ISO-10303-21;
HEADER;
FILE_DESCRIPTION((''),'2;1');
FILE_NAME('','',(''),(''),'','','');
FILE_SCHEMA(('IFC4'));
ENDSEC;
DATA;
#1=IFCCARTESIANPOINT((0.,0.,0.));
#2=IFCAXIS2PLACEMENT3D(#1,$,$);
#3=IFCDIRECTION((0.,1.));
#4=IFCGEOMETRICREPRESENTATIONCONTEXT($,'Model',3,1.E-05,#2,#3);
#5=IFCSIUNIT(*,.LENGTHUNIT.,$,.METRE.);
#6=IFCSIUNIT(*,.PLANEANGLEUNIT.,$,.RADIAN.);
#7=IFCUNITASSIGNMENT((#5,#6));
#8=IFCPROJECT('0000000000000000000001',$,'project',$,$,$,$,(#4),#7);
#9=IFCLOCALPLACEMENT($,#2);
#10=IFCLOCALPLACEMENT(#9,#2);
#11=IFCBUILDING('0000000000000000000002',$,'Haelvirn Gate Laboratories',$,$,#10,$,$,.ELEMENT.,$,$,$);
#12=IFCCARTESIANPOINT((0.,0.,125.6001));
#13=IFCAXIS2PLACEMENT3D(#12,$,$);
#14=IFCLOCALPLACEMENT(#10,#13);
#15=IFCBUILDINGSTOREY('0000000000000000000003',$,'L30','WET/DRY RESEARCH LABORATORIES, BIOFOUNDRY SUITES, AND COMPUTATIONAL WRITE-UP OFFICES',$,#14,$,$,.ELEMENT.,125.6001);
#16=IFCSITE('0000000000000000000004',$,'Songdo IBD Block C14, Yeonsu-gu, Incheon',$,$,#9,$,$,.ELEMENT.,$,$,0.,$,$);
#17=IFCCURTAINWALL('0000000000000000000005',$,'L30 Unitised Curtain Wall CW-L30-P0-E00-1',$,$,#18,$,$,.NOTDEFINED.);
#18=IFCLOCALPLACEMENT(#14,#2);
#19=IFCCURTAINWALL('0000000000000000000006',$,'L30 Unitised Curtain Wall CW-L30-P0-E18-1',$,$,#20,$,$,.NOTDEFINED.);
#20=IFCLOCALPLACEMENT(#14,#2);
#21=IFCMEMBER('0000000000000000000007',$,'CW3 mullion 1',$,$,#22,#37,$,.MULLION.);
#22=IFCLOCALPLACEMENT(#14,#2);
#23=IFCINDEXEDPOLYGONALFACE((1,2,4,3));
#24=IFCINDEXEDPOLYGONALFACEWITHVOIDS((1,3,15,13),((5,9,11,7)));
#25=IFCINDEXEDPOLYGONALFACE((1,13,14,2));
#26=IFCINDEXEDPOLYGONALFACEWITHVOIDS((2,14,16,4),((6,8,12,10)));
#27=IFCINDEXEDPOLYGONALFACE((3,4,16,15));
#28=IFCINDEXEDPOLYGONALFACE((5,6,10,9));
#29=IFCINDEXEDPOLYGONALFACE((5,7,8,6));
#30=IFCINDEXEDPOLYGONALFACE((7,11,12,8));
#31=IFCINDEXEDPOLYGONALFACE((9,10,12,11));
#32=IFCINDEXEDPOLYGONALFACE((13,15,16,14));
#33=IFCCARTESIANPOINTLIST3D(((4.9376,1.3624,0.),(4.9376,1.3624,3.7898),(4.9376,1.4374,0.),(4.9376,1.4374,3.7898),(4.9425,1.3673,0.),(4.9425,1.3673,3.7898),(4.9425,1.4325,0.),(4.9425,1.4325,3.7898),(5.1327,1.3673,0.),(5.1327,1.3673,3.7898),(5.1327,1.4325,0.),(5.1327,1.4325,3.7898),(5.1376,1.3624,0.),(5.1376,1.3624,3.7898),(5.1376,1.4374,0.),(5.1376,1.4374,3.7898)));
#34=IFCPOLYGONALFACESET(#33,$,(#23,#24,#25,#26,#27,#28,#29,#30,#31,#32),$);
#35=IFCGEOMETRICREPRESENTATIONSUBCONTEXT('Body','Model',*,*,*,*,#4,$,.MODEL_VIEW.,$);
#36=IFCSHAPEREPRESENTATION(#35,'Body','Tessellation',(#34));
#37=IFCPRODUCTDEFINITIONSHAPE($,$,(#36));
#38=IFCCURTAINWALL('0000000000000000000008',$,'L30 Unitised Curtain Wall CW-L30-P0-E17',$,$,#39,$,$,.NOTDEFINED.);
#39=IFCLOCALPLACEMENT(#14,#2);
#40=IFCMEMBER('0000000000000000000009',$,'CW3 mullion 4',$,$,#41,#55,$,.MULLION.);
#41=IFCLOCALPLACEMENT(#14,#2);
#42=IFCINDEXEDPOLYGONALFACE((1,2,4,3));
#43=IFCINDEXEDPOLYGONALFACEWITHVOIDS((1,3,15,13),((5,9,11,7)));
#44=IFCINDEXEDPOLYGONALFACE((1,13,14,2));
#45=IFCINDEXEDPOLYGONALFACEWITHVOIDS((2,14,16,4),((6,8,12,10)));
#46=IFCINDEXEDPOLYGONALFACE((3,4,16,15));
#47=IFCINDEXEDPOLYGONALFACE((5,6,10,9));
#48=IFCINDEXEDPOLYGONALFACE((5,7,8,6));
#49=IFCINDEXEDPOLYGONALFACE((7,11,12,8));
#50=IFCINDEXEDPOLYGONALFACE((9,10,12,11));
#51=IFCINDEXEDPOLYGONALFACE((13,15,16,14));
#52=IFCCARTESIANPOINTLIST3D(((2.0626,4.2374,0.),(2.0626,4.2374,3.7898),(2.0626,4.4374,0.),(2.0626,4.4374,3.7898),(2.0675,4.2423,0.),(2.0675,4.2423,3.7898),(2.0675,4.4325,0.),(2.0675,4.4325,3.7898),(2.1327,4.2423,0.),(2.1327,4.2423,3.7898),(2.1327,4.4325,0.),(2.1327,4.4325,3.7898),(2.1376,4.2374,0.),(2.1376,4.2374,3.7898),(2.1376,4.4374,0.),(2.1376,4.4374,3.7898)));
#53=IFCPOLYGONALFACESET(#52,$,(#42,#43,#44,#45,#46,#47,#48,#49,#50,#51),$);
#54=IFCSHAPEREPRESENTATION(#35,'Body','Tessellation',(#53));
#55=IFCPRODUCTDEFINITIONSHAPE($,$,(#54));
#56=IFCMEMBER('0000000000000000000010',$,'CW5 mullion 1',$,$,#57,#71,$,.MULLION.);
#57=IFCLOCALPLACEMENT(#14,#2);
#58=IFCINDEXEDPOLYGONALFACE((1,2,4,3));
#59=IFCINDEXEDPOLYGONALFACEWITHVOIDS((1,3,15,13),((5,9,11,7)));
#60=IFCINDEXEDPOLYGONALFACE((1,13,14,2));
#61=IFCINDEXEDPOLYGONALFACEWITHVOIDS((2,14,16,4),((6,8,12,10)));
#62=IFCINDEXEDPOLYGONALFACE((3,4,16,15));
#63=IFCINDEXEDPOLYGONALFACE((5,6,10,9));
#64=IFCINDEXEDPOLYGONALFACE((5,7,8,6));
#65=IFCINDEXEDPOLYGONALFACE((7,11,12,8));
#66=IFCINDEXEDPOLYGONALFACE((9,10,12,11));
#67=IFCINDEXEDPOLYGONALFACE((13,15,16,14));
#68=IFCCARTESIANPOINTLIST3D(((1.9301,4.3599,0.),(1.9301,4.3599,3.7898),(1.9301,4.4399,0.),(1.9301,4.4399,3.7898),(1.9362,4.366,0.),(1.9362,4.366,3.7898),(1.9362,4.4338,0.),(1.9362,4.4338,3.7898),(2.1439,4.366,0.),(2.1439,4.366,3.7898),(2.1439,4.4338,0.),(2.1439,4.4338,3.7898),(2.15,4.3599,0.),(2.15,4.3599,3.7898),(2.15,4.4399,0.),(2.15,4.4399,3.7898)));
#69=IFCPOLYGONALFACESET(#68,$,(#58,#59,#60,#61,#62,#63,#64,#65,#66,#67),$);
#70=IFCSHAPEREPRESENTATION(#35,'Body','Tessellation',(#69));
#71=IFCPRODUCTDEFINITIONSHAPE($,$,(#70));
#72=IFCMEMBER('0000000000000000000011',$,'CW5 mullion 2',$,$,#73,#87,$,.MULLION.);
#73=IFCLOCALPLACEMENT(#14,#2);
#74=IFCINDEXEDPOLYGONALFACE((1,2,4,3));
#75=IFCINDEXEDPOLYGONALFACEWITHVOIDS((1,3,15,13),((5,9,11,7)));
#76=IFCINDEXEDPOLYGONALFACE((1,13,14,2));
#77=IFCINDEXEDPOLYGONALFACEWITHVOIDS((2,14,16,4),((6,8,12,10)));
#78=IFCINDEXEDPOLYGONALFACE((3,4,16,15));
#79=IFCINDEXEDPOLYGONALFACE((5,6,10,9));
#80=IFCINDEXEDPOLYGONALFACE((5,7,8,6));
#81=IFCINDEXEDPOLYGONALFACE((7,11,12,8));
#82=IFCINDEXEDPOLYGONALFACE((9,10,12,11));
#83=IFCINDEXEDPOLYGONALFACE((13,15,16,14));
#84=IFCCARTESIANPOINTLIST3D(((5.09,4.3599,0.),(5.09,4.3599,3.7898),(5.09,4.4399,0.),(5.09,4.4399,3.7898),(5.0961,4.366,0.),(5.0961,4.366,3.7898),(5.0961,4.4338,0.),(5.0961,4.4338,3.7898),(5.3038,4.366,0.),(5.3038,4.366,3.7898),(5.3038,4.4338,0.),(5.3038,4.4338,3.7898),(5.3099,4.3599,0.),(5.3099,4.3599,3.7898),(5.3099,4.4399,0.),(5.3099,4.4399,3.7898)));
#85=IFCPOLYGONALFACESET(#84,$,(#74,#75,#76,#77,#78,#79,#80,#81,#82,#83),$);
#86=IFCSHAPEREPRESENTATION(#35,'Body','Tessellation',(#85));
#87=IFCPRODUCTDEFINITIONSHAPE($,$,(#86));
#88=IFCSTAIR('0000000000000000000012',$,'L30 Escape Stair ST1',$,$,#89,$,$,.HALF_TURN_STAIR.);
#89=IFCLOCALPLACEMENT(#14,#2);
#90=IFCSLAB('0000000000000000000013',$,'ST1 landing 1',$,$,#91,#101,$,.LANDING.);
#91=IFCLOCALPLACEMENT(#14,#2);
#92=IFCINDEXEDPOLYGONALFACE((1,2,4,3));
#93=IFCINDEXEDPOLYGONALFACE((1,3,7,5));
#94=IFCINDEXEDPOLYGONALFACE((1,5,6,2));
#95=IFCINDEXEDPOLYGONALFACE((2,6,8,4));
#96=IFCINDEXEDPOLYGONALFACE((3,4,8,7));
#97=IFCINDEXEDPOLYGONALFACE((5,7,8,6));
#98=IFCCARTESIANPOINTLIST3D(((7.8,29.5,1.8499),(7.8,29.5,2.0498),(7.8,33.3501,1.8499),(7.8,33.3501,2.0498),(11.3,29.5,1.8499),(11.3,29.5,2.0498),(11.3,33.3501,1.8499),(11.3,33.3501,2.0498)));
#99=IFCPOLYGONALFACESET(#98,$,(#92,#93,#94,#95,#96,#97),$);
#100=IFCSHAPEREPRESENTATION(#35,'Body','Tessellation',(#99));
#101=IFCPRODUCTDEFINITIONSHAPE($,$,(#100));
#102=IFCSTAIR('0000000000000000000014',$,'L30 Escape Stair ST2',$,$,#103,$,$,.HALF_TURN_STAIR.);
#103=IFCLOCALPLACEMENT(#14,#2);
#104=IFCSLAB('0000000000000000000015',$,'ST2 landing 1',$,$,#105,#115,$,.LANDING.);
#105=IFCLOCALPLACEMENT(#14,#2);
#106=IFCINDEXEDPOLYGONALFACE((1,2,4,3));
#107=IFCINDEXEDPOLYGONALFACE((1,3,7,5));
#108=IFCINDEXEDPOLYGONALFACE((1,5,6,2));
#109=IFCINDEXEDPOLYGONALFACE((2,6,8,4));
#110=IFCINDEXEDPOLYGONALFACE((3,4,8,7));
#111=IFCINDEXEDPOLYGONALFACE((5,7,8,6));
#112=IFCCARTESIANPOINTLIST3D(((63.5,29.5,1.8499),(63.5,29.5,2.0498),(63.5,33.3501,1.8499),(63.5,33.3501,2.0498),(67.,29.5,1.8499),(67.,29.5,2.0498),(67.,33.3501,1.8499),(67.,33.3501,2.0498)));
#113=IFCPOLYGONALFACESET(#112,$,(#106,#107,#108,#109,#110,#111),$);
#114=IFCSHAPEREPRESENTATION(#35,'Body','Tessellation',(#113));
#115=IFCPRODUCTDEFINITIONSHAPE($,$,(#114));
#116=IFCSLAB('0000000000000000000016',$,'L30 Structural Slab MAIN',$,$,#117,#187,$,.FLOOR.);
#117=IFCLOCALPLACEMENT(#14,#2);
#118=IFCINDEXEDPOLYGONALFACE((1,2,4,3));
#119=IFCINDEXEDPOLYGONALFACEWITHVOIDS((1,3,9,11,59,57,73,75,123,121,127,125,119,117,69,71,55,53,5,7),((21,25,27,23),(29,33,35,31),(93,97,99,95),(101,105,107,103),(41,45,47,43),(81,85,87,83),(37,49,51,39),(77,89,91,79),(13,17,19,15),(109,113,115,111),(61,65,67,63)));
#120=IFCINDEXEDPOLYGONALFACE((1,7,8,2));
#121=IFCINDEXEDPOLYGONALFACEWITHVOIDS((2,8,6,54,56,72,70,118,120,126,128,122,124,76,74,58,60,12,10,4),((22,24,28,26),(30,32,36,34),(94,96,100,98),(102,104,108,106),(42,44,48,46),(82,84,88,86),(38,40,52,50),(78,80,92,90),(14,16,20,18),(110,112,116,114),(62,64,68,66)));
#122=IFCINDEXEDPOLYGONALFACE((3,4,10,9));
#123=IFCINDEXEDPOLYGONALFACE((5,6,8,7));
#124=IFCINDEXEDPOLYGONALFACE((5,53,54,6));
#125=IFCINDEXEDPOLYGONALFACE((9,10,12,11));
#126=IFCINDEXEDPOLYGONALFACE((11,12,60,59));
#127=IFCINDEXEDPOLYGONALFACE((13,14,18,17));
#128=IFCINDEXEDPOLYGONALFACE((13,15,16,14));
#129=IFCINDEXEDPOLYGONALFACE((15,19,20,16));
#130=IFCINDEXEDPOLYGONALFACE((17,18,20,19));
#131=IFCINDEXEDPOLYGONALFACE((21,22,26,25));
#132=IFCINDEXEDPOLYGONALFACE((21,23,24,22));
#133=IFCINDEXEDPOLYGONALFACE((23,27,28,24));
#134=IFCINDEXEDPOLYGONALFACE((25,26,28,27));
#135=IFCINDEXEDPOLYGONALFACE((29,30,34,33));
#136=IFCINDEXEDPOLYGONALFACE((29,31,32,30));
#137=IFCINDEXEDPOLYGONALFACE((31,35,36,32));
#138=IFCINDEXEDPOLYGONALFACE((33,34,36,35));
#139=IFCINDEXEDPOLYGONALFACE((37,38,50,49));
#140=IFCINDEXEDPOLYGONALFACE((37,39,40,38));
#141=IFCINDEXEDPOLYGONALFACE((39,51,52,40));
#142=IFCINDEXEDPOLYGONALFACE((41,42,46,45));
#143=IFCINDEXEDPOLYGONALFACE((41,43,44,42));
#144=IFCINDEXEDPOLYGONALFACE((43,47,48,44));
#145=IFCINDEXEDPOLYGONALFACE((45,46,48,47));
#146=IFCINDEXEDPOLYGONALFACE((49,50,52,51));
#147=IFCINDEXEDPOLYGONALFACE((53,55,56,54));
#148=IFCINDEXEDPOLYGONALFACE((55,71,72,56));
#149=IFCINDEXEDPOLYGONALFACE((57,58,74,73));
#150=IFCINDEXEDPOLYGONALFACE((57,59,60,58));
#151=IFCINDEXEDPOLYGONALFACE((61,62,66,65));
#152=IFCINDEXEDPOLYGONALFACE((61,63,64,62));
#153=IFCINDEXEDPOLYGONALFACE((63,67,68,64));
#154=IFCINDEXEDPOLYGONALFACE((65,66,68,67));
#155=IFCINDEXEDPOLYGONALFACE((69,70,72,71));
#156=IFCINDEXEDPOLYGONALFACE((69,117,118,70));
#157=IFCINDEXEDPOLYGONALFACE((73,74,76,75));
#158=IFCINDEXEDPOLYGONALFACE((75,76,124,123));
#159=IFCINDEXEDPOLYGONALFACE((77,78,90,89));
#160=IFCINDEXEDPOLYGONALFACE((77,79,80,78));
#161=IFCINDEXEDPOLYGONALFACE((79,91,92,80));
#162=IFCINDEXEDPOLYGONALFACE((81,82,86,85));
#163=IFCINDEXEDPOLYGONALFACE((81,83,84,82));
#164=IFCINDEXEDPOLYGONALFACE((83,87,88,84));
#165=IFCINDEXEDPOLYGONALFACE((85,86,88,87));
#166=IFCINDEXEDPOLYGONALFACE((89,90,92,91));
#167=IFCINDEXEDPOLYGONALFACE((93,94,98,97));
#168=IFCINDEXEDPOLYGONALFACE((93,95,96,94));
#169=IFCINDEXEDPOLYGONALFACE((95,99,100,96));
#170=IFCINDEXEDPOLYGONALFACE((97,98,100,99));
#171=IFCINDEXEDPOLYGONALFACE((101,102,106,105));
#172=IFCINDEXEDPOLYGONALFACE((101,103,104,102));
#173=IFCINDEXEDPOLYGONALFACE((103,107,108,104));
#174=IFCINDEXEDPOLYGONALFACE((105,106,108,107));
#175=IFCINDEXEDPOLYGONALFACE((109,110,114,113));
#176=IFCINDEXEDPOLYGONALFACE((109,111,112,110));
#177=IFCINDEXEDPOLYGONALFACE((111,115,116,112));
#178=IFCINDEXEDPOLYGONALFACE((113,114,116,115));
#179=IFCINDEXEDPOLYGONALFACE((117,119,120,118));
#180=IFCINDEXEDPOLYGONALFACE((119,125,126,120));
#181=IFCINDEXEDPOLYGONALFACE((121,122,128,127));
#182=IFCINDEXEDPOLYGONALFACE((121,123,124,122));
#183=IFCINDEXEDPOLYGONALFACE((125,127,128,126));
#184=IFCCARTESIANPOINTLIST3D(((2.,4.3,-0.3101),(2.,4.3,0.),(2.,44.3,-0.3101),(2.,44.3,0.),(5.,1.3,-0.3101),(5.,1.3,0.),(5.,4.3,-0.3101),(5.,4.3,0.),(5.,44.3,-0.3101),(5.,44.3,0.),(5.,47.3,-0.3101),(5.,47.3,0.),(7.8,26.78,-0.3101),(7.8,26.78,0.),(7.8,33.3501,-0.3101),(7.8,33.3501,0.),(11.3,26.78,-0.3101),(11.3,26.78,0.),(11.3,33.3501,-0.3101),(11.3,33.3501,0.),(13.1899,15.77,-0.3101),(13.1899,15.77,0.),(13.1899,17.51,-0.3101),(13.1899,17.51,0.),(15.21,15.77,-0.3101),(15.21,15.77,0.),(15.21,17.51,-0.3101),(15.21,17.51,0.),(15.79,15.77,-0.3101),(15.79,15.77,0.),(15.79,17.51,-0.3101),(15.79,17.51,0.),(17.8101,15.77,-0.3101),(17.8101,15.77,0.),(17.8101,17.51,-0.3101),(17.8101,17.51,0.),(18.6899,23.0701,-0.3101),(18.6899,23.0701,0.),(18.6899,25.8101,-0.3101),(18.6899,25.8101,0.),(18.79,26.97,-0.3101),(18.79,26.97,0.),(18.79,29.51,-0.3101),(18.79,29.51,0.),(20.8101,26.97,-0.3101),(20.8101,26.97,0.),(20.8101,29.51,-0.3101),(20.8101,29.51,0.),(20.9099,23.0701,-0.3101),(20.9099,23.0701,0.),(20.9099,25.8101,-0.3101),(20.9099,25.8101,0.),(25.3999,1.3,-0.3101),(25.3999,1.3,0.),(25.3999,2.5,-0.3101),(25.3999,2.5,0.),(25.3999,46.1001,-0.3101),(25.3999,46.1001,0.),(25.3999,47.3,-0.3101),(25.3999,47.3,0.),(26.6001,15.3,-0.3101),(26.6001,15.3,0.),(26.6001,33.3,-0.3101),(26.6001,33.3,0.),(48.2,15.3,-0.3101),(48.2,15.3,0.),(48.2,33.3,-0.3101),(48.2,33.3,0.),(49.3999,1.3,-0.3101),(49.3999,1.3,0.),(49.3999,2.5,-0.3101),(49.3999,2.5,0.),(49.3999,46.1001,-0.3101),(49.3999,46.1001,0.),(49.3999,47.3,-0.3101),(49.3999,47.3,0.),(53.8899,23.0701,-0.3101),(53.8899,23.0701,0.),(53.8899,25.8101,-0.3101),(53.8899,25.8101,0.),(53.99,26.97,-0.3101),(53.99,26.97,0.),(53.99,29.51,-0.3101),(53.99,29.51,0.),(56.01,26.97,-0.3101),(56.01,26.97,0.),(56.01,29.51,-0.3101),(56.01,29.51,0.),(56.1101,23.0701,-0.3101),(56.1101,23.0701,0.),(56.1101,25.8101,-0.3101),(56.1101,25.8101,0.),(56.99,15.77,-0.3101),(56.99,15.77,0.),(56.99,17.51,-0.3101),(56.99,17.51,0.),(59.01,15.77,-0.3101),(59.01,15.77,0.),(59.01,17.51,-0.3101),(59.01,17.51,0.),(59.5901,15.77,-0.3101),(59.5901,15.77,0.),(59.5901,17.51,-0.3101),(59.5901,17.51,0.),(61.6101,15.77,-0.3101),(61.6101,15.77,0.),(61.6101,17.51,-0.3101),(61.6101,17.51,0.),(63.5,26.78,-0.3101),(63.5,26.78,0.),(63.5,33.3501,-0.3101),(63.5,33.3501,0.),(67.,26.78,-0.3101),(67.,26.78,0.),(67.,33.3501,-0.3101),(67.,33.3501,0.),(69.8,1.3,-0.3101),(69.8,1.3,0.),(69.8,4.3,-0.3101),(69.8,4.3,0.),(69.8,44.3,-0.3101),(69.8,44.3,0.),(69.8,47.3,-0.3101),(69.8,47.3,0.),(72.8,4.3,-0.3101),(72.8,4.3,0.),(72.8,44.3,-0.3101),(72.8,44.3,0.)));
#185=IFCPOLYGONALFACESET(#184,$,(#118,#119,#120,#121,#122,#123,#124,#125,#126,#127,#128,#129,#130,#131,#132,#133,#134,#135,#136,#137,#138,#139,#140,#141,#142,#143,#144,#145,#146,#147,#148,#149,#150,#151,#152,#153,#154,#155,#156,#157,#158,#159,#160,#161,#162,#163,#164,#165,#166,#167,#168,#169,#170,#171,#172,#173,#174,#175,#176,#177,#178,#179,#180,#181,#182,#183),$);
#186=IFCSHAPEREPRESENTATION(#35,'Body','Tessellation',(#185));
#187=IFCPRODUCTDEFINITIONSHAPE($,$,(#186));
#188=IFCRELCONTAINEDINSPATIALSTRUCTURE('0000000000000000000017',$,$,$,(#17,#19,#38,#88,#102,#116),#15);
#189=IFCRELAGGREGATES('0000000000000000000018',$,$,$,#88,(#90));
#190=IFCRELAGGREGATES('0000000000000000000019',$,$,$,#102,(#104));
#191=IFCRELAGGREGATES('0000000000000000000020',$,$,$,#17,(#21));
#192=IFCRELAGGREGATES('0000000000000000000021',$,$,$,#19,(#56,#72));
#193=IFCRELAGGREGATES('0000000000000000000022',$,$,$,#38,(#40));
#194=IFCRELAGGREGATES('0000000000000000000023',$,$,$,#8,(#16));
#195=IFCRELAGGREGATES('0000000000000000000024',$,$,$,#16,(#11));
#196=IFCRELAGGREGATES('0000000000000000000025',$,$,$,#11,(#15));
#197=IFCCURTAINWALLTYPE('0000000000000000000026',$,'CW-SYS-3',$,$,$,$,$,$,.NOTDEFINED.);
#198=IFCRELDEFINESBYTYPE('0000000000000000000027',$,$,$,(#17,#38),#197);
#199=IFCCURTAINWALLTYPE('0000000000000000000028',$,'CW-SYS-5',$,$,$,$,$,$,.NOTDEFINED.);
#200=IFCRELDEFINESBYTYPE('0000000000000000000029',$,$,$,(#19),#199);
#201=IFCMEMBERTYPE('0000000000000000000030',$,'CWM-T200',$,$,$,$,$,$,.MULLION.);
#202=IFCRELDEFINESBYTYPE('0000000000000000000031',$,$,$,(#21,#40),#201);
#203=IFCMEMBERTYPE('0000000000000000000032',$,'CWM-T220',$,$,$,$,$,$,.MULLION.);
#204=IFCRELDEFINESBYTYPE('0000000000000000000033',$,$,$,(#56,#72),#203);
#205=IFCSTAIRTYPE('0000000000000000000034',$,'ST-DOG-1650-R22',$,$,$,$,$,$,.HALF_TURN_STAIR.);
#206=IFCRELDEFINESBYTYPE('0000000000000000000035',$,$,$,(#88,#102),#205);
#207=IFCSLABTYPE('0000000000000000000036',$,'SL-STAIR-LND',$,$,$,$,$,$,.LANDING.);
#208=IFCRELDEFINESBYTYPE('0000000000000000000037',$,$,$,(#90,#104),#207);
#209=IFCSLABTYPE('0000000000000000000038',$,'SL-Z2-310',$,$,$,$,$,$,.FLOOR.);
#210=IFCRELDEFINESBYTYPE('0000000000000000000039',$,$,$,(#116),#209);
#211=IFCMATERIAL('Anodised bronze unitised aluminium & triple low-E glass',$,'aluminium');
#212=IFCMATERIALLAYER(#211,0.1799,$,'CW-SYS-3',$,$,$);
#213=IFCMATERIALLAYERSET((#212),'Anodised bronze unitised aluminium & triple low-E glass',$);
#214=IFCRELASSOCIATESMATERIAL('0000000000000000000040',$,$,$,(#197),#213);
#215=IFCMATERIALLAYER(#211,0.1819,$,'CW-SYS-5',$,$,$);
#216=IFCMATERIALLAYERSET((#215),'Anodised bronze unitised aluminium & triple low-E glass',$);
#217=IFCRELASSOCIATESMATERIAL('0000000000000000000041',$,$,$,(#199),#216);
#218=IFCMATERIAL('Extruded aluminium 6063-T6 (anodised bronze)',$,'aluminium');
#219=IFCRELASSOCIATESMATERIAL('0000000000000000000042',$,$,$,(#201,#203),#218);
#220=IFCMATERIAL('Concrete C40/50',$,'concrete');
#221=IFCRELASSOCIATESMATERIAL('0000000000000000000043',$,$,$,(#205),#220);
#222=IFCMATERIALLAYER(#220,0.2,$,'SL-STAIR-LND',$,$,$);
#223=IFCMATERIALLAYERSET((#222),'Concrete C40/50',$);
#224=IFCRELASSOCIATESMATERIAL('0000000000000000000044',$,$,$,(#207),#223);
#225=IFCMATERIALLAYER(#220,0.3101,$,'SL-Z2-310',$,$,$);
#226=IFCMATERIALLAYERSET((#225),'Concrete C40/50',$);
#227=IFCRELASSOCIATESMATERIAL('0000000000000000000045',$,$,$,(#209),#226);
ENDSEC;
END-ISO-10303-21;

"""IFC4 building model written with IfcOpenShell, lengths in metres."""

from ifc_helpers import new_model, si_unit, direction, frame, origin, origin_2d, place, context, subcontext, project, spatial, polyline, hollow_rectangle, outline, extrude, source, transform, mapped, material, layer, layer_set, material_profile, profile_set, type_object, type_shapes, element, aggregate, save


model = new_model("IFC4")

# Units and contexts
model_context = context("Model", 3, precision=1e-05, world=origin(), true_north=direction((0.0, 1.0)))
body_context = subcontext(model_context, "Body", "Model", "MODEL_VIEW")
ifc_project = project(units=[si_unit("LENGTHUNIT", "METRE"), si_unit("PLANEANGLEUNIT", "RADIAN")], contexts=[model_context])

# Site, building, storey
site_placement = place(None, origin())
site = spatial("IfcSite", under=ifc_project, at=site_placement, Name="Songdo IBD Block C14, Yeonsu-gu, Incheon", CompositionType="ELEMENT", RefElevation=0.0)
building_placement = place(site_placement, origin())
building = spatial("IfcBuilding", under=site, at=building_placement, Name="Haelvirn Gate Laboratories", CompositionType="ELEMENT")
storey_placement = place(building_placement, frame((0.0, 0.0, 125.6001)))
storey = spatial("IfcBuildingStorey", under=building, at=storey_placement, Name="L30", Description="WET/DRY RESEARCH LABORATORIES, BIOFOUNDRY SUITES, AND COMPUTATIONAL WRITE-UP OFFICES", CompositionType="ELEMENT", Elevation=125.6001)

# Curtain walls
ifc_material_1 = material(Name="Anodised bronze unitised aluminium & triple low-E glass", Category="aluminium")
ifc_layer_1 = layer(ifc_material_1, 0.1799, Name="CW-SYS-3")
ifc_layer_set_1 = layer_set([ifc_layer_1], Name="Anodised bronze unitised aluminium & triple low-E glass")
curtain_wall_type_1 = type_object("IfcCurtainWallType", Name="CW-SYS-3", PredefinedType="NOTDEFINED", material=ifc_layer_set_1)
curtain_wall_1_placement = place(storey_placement, origin())
curtain_wall_1 = element("IfcCurtainWall", 1, at=curtain_wall_1_placement, inside=storey, type_object=curtain_wall_type_1, Name="L30 Unitised Curtain Wall CW-L30-P0-E00-1", PredefinedType="NOTDEFINED")
ifc_material_2 = material(Name="Extruded aluminium 6063-T6 (anodised bronze)", Category="aluminium")
ifc_layer_2 = layer(ifc_material_1, 0.1819, Name="CW-SYS-5")
ifc_layer_set_2 = layer_set([ifc_layer_2], Name="Anodised bronze unitised aluminium & triple low-E glass")
curtain_wall_type_2 = type_object("IfcCurtainWallType", Name="CW-SYS-5", PredefinedType="NOTDEFINED", material=ifc_layer_set_2)
curtain_wall_2_placement = place(storey_placement, origin())
curtain_wall_2 = element("IfcCurtainWall", 2, at=curtain_wall_2_placement, inside=storey, type_object=curtain_wall_type_2, Name="L30 Unitised Curtain Wall CW-L30-P0-E18-1", PredefinedType="NOTDEFINED")

# Member
ifc_material_profile_1 = material_profile(ifc_material_2, hollow_rectangle(XDim=0.075, YDim=0.2, WallThickness=0.0049, at=origin_2d()), Name="CWM-200x75x5")
ifc_profile_set_1 = profile_set([ifc_material_profile_1], Name="Extruded aluminium 6063-T6 (anodised bronze)")
member_type_1 = type_object("IfcMemberType", Name="CWM-T200", PredefinedType="MULLION", material=ifc_profile_set_1)
shared_shape_1 = source(origin(), body_context, "Body", "SweptSolid", [
    extrude(hollow_rectangle(XDim=0.075, YDim=0.2, WallThickness=0.0049, at=origin_2d()), origin(), (0.0, 0.0, 1.0), 3.7898),
])
type_shapes(member_type_1, [shared_shape_1])
member_1_placement = place(storey_placement, frame((5.0376, 1.3999, 0.0), z_axis=(0.0, 0.0, 1.0), x_axis=(0.0, 1.0, 0.0)))
member_1 = element("IfcMember", 3, at=member_1_placement, type_object=member_type_1, Name="CW3 mullion 1", PredefinedType="MULLION", context=body_context, shape_type="MappedRepresentation", body=[
    mapped(shared_shape_1, transform((0.0, 0.0, 0.0), scale=1.0)),
])

# Curtain wall, member
curtain_wall_3_placement = place(storey_placement, origin())
curtain_wall_3 = element("IfcCurtainWall", 4, at=curtain_wall_3_placement, inside=storey, type_object=curtain_wall_type_1, Name="L30 Unitised Curtain Wall CW-L30-P0-E17", PredefinedType="NOTDEFINED")
member_2_placement = place(storey_placement, frame((2.1001, 4.3374, 0.0), z_axis=(0.0, 0.0, 1.0), x_axis=(1.0, 0.0, 0.0)))
member_2 = element("IfcMember", 5, at=member_2_placement, type_object=member_type_1, Name="CW3 mullion 4", PredefinedType="MULLION", context=body_context, shape_type="MappedRepresentation", body=[
    mapped(shared_shape_1, transform((0.0, 0.0, 0.0), scale=1.0)),
])

# Members
ifc_material_profile_2 = material_profile(ifc_material_2, hollow_rectangle(XDim=0.0801, YDim=0.22, WallThickness=0.0061, at=origin_2d()), Name="CWM-220x80x6")
ifc_profile_set_2 = profile_set([ifc_material_profile_2], Name="Extruded aluminium 6063-T6 (anodised bronze)")
member_type_2 = type_object("IfcMemberType", Name="CWM-T220", PredefinedType="MULLION", material=ifc_profile_set_2)
shared_shape_2 = source(origin(), body_context, "Body", "SweptSolid", [
    extrude(hollow_rectangle(XDim=0.0801, YDim=0.22, WallThickness=0.0061, at=origin_2d()), origin(), (0.0, 0.0, 1.0), 3.7898),
])
type_shapes(member_type_2, [shared_shape_2])
member_3_placement = place(storey_placement, frame((2.04, 4.3999, 0.0), z_axis=(0.0, 0.0, 1.0), x_axis=(0.0, 1.0, 0.0)))
member_3 = element("IfcMember", 6, at=member_3_placement, type_object=member_type_2, Name="CW5 mullion 1", PredefinedType="MULLION", context=body_context, shape_type="MappedRepresentation", body=[
    mapped(shared_shape_2, transform((0.0, 0.0, 0.0), scale=1.0)),
])
member_4_placement = place(storey_placement, frame((5.2, 4.3999, 0.0), z_axis=(0.0, 0.0, 1.0), x_axis=(0.0, 1.0, 0.0)))
member_4 = element("IfcMember", 7, at=member_4_placement, type_object=member_type_2, Name="CW5 mullion 2", PredefinedType="MULLION", context=body_context, shape_type="MappedRepresentation", body=[
    mapped(shared_shape_2, transform((0.0, 0.0, 0.0), scale=1.0)),
])

# Stairs, slabs
ifc_material_3 = material(Name="Concrete C40/50", Category="concrete")
stair_type = type_object("IfcStairType", Name="ST-DOG-1650-R22", PredefinedType="HALF_TURN_STAIR", material=ifc_material_3)
stair_1_placement = place(storey_placement, origin())
stair_1 = element("IfcStair", 8, at=stair_1_placement, inside=storey, type_object=stair_type, Name="L30 Escape Stair ST1", PredefinedType="HALF_TURN_STAIR")
ifc_layer_3 = layer(ifc_material_3, 0.2, Name="SL-STAIR-LND")
ifc_layer_set_3 = layer_set([ifc_layer_3], Name="Concrete C40/50")
slab_type_1 = type_object("IfcSlabType", Name="SL-STAIR-LND", PredefinedType="LANDING", material=ifc_layer_set_3)
slab_1_placement = place(storey_placement, frame((0.0, 0.0, 1.8499)))
slab_1 = element("IfcSlab", 9, at=slab_1_placement, type_object=slab_type_1, Name="ST1 landing 1", PredefinedType="LANDING", context=body_context, shape_type="SweptSolid", body=[
    extrude(outline(polyline([(11.3, 29.5), (11.3, 33.3501), (7.8, 33.3501), (7.8, 29.5), (11.3, 29.5)])), origin(), (0.0, 0.0, 1.0), 0.2),
])
aggregate(stair_1, [slab_1])
stair_2_placement = place(storey_placement, origin())
stair_2 = element("IfcStair", 10, at=stair_2_placement, inside=storey, type_object=stair_type, Name="L30 Escape Stair ST2", PredefinedType="HALF_TURN_STAIR")
slab_2_placement = place(storey_placement, frame((0.0, 0.0, 1.8499)))
slab_2 = element("IfcSlab", 11, at=slab_2_placement, type_object=slab_type_1, Name="ST2 landing 1", PredefinedType="LANDING", context=body_context, shape_type="SweptSolid", body=[
    extrude(outline(polyline([(67.0, 29.5), (67.0, 33.3501), (63.5, 33.3501), (63.5, 29.5), (67.0, 29.5)])), origin(), (0.0, 0.0, 1.0), 0.2),
])
aggregate(stair_2, [slab_2])

# Slab
ifc_layer_4 = layer(ifc_material_3, 0.3101, Name="SL-Z2-310")
ifc_layer_set_4 = layer_set([ifc_layer_4], Name="Concrete C40/50")
slab_type_2 = type_object("IfcSlabType", Name="SL-Z2-310", PredefinedType="FLOOR", material=ifc_layer_set_4)
slab_3_placement = place(storey_placement, frame((0.0, 0.0, -0.3101)))
element("IfcSlab", 12, at=slab_3_placement, inside=storey, type_object=slab_type_2, Name="L30 Structural Slab MAIN", PredefinedType="FLOOR", context=body_context, shape_type="SweptSolid", body=[
    extrude(outline(polyline([(5.0, 1.3), (25.3999, 1.3), (25.3999, 2.5), (49.3999, 2.5), (49.3999, 1.3), (69.8, 1.3), (69.8, 4.3), (72.8, 4.3), (72.8, 44.3), (69.8, 44.3), (69.8, 47.3), (49.3999, 47.3), (49.3999, 46.1001), (25.3999, 46.1001), (25.3999, 47.3), (5.0, 47.3), (5.0, 44.3), (2.0, 44.3), (2.0, 4.3), (5.0, 4.3), (5.0, 1.3)]), holes=[polyline([(26.6001, 15.3), (48.2, 15.3), (48.2, 33.3), (26.6001, 33.3), (26.6001, 15.3)]), polyline([(11.3, 26.78), (11.3, 33.3501), (7.8, 33.3501), (7.8, 26.78), (11.3, 26.78)]), polyline([(67.0, 26.78), (67.0, 33.3501), (63.5, 33.3501), (63.5, 26.78), (67.0, 26.78)]), polyline([(13.1899, 15.77), (15.21, 15.77), (15.21, 17.51), (13.1899, 17.51), (13.1899, 15.77)]), polyline([(15.79, 15.77), (17.8101, 15.77), (17.8101, 17.51), (15.79, 17.51), (15.79, 15.77)]), polyline([(18.79, 26.97), (20.8101, 26.97), (20.8101, 29.51), (18.79, 29.51), (18.79, 26.97)]), polyline([(18.6899, 23.0701), (20.9099, 23.0701), (20.9099, 25.8101), (18.6899, 25.8101), (18.6899, 23.0701)]), polyline([(59.5901, 15.77), (61.6101, 15.77), (61.6101, 17.51), (59.5901, 17.51), (59.5901, 15.77)]), polyline([(56.99, 15.77), (59.01, 15.77), (59.01, 17.51), (56.99, 17.51), (56.99, 15.77)]), polyline([(53.99, 26.97), (56.01, 26.97), (56.01, 29.51), (53.99, 29.51), (53.99, 26.97)]), polyline([(53.8899, 23.0701), (56.1101, 23.0701), (56.1101, 25.8101), (53.8899, 25.8101), (53.8899, 23.0701)])]), origin(), (0.0, 0.0, 1.0), 0.3101),
])

aggregate(curtain_wall_1, [member_1])
aggregate(curtain_wall_2, [member_3, member_4])
aggregate(curtain_wall_3, [member_2])

save(model, "model.ifc")
